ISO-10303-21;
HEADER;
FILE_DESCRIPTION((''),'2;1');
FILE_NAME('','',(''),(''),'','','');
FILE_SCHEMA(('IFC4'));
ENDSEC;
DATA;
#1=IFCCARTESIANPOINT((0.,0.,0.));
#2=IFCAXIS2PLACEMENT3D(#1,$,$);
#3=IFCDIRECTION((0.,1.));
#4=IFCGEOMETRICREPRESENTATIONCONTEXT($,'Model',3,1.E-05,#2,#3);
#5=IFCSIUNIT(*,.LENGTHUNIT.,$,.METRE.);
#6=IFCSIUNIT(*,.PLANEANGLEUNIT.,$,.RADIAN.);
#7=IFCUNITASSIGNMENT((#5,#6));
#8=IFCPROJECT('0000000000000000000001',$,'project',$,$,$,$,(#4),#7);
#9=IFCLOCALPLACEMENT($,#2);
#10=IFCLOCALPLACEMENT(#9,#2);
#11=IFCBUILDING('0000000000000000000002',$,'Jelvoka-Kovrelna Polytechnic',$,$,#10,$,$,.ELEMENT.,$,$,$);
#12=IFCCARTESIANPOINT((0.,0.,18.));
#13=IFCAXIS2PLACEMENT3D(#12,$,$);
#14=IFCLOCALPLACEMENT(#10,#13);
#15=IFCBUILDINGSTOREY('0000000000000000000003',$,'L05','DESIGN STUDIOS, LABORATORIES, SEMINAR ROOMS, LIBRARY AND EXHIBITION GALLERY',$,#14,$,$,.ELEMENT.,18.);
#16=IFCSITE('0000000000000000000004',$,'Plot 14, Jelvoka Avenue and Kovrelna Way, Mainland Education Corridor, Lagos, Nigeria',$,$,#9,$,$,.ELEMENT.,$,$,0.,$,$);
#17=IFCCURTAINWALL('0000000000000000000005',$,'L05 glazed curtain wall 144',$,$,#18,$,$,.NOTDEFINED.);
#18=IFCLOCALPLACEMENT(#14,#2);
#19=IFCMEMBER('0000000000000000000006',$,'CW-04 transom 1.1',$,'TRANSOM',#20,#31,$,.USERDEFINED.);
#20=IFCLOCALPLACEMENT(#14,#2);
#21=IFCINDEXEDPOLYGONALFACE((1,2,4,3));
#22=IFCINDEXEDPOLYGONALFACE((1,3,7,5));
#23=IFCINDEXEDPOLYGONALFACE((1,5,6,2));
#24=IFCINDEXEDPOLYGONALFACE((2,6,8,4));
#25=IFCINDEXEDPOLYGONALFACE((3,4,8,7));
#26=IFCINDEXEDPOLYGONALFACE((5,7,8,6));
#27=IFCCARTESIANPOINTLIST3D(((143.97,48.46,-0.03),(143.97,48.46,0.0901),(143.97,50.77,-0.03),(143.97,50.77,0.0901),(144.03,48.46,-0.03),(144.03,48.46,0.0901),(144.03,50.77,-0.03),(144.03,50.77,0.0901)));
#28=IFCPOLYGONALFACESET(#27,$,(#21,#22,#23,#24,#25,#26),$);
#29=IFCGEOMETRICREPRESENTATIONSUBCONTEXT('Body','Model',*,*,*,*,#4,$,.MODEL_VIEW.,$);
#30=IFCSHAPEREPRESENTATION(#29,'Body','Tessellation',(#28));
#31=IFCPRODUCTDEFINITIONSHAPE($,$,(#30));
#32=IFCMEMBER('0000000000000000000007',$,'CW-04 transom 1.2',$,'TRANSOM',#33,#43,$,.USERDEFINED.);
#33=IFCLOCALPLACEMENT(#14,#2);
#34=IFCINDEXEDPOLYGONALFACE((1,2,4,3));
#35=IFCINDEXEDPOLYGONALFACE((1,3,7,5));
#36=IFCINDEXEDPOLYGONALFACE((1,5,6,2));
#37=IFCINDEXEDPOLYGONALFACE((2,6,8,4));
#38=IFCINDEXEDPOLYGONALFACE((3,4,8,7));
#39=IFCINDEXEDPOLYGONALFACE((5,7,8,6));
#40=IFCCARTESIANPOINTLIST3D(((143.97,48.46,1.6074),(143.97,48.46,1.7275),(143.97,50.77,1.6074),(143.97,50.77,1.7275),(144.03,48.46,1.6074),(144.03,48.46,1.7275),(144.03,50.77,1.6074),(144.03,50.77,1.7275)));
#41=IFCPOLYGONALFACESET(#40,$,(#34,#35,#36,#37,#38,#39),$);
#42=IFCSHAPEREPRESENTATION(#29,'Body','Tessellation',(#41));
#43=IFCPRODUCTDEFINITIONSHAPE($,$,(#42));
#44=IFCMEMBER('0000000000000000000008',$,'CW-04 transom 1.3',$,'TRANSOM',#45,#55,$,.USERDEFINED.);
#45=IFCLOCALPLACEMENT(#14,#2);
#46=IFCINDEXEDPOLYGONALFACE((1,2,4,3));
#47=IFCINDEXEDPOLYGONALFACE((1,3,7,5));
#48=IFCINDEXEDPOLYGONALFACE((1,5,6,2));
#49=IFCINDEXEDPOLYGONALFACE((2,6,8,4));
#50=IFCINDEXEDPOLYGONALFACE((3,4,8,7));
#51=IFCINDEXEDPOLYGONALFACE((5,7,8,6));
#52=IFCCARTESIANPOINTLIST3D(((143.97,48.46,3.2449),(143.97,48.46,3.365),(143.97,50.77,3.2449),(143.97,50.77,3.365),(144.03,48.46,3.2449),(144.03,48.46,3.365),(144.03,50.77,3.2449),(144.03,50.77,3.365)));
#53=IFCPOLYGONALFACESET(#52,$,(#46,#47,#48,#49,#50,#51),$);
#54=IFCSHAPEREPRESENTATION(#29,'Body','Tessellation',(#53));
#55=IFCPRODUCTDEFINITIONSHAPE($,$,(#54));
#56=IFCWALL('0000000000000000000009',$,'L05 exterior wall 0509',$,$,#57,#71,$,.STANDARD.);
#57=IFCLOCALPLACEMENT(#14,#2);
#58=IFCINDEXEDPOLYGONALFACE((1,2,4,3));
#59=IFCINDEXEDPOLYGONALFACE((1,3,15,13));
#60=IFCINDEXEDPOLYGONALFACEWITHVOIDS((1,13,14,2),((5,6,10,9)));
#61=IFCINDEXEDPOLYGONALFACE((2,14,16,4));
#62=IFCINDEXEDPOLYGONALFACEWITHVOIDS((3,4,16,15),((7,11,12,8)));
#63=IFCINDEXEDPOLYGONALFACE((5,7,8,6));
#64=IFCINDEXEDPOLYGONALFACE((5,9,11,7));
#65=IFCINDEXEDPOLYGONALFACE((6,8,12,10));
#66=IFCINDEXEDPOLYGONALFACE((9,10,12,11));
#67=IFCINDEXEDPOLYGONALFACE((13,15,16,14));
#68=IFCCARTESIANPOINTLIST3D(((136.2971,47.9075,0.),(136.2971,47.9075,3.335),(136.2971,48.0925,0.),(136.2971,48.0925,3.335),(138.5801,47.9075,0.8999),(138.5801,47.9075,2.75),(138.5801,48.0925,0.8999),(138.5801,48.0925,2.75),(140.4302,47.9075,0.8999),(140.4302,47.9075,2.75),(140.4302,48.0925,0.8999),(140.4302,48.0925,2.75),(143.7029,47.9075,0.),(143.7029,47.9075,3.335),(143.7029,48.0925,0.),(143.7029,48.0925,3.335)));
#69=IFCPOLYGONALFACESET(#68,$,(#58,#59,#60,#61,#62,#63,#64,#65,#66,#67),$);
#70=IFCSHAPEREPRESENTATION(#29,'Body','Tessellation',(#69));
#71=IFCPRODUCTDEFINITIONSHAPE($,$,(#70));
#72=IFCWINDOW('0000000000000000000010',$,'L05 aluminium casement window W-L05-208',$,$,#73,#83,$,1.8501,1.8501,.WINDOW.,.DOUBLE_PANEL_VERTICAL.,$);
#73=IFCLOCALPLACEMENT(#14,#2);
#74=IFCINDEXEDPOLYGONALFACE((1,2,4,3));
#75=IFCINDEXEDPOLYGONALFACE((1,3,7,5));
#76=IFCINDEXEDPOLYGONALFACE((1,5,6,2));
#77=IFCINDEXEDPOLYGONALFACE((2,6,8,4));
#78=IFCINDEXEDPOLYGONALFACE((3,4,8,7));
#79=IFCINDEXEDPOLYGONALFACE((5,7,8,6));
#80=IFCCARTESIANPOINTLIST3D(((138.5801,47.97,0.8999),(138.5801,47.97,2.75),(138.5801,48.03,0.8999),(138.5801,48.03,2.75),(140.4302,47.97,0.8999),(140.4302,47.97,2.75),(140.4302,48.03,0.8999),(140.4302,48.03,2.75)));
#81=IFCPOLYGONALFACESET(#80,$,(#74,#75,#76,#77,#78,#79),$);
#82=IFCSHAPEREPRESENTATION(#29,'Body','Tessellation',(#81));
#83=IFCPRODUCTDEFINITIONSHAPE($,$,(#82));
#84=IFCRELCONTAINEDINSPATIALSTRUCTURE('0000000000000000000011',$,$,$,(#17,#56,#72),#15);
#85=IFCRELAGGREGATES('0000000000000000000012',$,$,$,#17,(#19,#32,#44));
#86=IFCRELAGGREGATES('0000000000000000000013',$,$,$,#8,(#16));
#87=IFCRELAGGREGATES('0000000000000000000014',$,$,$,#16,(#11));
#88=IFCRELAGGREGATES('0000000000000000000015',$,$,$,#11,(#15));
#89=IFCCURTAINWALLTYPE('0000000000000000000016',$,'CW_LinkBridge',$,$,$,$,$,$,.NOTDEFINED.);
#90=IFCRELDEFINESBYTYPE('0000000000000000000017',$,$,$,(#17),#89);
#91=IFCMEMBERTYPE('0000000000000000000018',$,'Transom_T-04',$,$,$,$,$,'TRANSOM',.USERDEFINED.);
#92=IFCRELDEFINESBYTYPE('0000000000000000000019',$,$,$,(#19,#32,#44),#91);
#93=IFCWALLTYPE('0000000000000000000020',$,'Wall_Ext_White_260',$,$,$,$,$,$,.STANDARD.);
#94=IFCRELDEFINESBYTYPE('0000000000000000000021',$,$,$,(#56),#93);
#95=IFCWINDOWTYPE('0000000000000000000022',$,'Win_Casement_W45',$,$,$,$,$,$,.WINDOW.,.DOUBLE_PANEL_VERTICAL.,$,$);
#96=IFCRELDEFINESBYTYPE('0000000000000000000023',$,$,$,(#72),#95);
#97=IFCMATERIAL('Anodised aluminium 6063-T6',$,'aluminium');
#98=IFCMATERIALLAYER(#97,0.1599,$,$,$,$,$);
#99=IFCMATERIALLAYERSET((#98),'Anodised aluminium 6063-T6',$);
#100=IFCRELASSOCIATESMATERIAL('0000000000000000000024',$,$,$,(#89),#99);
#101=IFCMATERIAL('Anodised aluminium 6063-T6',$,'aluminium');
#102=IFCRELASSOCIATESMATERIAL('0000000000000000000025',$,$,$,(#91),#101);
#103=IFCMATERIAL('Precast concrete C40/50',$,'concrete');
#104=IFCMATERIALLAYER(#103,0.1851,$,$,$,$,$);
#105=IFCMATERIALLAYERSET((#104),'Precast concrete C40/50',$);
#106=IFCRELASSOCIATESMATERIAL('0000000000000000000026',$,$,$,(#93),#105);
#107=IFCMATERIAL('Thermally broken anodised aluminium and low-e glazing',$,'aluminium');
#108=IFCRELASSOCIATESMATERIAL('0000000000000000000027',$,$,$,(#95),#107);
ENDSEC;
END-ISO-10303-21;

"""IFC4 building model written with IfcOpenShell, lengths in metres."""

from ifc_helpers import new_model, si_unit, direction, frame, frame_2d, origin, origin_2d, place, context, subcontext, project, spatial, rectangle, extrude, material, layer, layer_set, material_profile, profile_set, type_object, element, fill, aggregate, save


model = new_model("IFC4")

# Units and contexts
model_context = context("Model", 3, precision=1e-05, world=origin(), true_north=direction((0.0, 1.0)))
body_context = subcontext(model_context, "Body", "Model", "MODEL_VIEW")
ifc_project = project(units=[si_unit("LENGTHUNIT", "METRE"), si_unit("PLANEANGLEUNIT", "RADIAN")], contexts=[model_context])

# Site, building, storey
site_placement = place(None, origin())
site = spatial("IfcSite", under=ifc_project, at=site_placement, Name="Plot 14, Jelvoka Avenue and Kovrelna Way, Mainland Education Corridor, Lagos, Nigeria", CompositionType="ELEMENT", RefElevation=0.0)
building_placement = place(site_placement, origin())
building = spatial("IfcBuilding", under=site, at=building_placement, Name="Jelvoka-Kovrelna Polytechnic", CompositionType="ELEMENT")
storey_placement = place(building_placement, frame((0.0, 0.0, 18.0)))
storey = spatial("IfcBuildingStorey", under=building, at=storey_placement, Name="L05", Description="DESIGN STUDIOS, LABORATORIES, SEMINAR ROOMS, LIBRARY AND EXHIBITION GALLERY", CompositionType="ELEMENT", Elevation=18.0)

# Curtain wall
ifc_material_1 = material(Name="Anodised aluminium 6063-T6", Category="aluminium")
ifc_layer_1 = layer(ifc_material_1, 0.1599)
ifc_layer_set_1 = layer_set([ifc_layer_1], Name="Anodised aluminium 6063-T6")
curtain_wall_type = type_object("IfcCurtainWallType", Name="CW_LinkBridge", PredefinedType="NOTDEFINED", material=ifc_layer_set_1)
curtain_wall_placement = place(storey_placement, origin())
curtain_wall = element("IfcCurtainWall", 1, at=curtain_wall_placement, inside=storey, type_object=curtain_wall_type, Name="L05 glazed curtain wall 144", PredefinedType="NOTDEFINED")

# Members
ifc_material_2 = material(Name="Anodised aluminium 6063-T6", Category="aluminium")
ifc_material_profile_1 = material_profile(ifc_material_2, rectangle(XDim=0.0601, YDim=0.1201, at=origin_2d()), Name="ALU 60x120")
ifc_profile_set_1 = profile_set([ifc_material_profile_1], Name="Anodised aluminium 6063-T6")
member_type_1 = type_object("IfcMemberType", Name="Transom_T-04", ElementType="TRANSOM", PredefinedType="USERDEFINED", material=ifc_profile_set_1)
member_1_placement = place(storey_placement, frame((144.0, 48.46, 0.03), z_axis=(0.0, 1.0, 0.0), x_axis=(-1.0, 0.0, 0.0)))
member_1 = element("IfcMember", 2, at=member_1_placement, type_object=member_type_1, Name="CW-04 transom 1.1", ObjectType="TRANSOM", PredefinedType="USERDEFINED", context=body_context, shape_type="SweptSolid", body=[
    extrude(rectangle(XDim=0.0601, YDim=0.1201, at=origin_2d()), origin(), (0.0, 0.0, 1.0), 2.3101),
])
member_2_placement = place(storey_placement, frame((144.0, 48.46, 1.6675), z_axis=(0.0, 1.0, 0.0), x_axis=(-1.0, 0.0, 0.0)))
member_2 = element("IfcMember", 3, at=member_2_placement, type_object=member_type_1, Name="CW-04 transom 1.2", ObjectType="TRANSOM", PredefinedType="USERDEFINED", context=body_context, shape_type="SweptSolid", body=[
    extrude(rectangle(XDim=0.0601, YDim=0.1201, at=origin_2d()), origin(), (0.0, 0.0, 1.0), 2.3101),
])
member_3_placement = place(storey_placement, frame((144.0, 48.46, 3.3049), z_axis=(0.0, 1.0, 0.0), x_axis=(-1.0, 0.0, 0.0)))
member_3 = element("IfcMember", 4, at=member_3_placement, type_object=member_type_1, Name="CW-04 transom 1.3", ObjectType="TRANSOM", PredefinedType="USERDEFINED", context=body_context, shape_type="SweptSolid", body=[
    extrude(rectangle(XDim=0.0601, YDim=0.1201, at=origin_2d()), origin(), (0.0, 0.0, 1.0), 2.3101),
])
aggregate(curtain_wall, [member_1, member_2, member_3])

# Wall, opening, window
ifc_material_3 = material(Name="Precast concrete C40/50", Category="concrete")
ifc_layer_2 = layer(ifc_material_3, 0.1851)
ifc_layer_set_2 = layer_set([ifc_layer_2], Name="Precast concrete C40/50")
wall_type = type_object("IfcWallType", Name="Wall_Ext_White_260", PredefinedType="STANDARD", material=ifc_layer_set_2)
wall_placement = place(storey_placement, frame((136.2971, 48.0, 0.0), z_axis=(0.0, 0.0, 1.0), x_axis=(1.0, 0.0, 0.0)))
wall = element("IfcWall", 5, at=wall_placement, inside=storey, type_object=wall_type, Name="L05 exterior wall 0509", PredefinedType="STANDARD", context=body_context, shape_type="SweptSolid", body=[
    extrude(rectangle(XDim=7.4058, YDim=0.1851, at=frame_2d((3.7029, 0.0))), origin(), (0.0, 0.0, 1.0), 3.335),
])
opening_placement = place(wall_placement, frame((2.283, 0.0, 0.8999)))
opening = element("IfcOpeningElement", 6, at=opening_placement, cuts=wall, PredefinedType="OPENING", context=body_context, shape_type="SweptSolid", body=[
    extrude(rectangle(XDim=1.8501, YDim=1.8501, at=frame_2d((0.925, 0.925))), frame((0.0, 0.1025, 0.0), z_axis=(0.0, -1.0, 0.0), x_axis=(1.0, 0.0, 0.0)), (0.0, 0.0, 1.0), 0.2051),
])
ifc_material_4 = material(Name="Thermally broken anodised aluminium and low-e glazing", Category="aluminium")
window_type = type_object("IfcWindowType", Name="Win_Casement_W45", PartitioningType="DOUBLE_PANEL_VERTICAL", PredefinedType="WINDOW", material=ifc_material_4)
window_placement = place(opening_placement, origin())
window = element("IfcWindow", 7, at=window_placement, inside=storey, type_object=window_type, Name="L05 aluminium casement window W-L05-208", OverallHeight=1.8501, OverallWidth=1.8501, PartitioningType="DOUBLE_PANEL_VERTICAL", PredefinedType="WINDOW", context=body_context, shape_type="SweptSolid", body=[
    extrude(rectangle(XDim=1.8501, YDim=1.8501, at=frame_2d((0.925, 0.925))), frame((0.0, 0.03, 0.0), z_axis=(0.0, -1.0, 0.0), x_axis=(1.0, 0.0, 0.0)), (0.0, 0.0, 1.0), 0.0601),
])
fill(opening, window)

save(model, "model.ifc")
